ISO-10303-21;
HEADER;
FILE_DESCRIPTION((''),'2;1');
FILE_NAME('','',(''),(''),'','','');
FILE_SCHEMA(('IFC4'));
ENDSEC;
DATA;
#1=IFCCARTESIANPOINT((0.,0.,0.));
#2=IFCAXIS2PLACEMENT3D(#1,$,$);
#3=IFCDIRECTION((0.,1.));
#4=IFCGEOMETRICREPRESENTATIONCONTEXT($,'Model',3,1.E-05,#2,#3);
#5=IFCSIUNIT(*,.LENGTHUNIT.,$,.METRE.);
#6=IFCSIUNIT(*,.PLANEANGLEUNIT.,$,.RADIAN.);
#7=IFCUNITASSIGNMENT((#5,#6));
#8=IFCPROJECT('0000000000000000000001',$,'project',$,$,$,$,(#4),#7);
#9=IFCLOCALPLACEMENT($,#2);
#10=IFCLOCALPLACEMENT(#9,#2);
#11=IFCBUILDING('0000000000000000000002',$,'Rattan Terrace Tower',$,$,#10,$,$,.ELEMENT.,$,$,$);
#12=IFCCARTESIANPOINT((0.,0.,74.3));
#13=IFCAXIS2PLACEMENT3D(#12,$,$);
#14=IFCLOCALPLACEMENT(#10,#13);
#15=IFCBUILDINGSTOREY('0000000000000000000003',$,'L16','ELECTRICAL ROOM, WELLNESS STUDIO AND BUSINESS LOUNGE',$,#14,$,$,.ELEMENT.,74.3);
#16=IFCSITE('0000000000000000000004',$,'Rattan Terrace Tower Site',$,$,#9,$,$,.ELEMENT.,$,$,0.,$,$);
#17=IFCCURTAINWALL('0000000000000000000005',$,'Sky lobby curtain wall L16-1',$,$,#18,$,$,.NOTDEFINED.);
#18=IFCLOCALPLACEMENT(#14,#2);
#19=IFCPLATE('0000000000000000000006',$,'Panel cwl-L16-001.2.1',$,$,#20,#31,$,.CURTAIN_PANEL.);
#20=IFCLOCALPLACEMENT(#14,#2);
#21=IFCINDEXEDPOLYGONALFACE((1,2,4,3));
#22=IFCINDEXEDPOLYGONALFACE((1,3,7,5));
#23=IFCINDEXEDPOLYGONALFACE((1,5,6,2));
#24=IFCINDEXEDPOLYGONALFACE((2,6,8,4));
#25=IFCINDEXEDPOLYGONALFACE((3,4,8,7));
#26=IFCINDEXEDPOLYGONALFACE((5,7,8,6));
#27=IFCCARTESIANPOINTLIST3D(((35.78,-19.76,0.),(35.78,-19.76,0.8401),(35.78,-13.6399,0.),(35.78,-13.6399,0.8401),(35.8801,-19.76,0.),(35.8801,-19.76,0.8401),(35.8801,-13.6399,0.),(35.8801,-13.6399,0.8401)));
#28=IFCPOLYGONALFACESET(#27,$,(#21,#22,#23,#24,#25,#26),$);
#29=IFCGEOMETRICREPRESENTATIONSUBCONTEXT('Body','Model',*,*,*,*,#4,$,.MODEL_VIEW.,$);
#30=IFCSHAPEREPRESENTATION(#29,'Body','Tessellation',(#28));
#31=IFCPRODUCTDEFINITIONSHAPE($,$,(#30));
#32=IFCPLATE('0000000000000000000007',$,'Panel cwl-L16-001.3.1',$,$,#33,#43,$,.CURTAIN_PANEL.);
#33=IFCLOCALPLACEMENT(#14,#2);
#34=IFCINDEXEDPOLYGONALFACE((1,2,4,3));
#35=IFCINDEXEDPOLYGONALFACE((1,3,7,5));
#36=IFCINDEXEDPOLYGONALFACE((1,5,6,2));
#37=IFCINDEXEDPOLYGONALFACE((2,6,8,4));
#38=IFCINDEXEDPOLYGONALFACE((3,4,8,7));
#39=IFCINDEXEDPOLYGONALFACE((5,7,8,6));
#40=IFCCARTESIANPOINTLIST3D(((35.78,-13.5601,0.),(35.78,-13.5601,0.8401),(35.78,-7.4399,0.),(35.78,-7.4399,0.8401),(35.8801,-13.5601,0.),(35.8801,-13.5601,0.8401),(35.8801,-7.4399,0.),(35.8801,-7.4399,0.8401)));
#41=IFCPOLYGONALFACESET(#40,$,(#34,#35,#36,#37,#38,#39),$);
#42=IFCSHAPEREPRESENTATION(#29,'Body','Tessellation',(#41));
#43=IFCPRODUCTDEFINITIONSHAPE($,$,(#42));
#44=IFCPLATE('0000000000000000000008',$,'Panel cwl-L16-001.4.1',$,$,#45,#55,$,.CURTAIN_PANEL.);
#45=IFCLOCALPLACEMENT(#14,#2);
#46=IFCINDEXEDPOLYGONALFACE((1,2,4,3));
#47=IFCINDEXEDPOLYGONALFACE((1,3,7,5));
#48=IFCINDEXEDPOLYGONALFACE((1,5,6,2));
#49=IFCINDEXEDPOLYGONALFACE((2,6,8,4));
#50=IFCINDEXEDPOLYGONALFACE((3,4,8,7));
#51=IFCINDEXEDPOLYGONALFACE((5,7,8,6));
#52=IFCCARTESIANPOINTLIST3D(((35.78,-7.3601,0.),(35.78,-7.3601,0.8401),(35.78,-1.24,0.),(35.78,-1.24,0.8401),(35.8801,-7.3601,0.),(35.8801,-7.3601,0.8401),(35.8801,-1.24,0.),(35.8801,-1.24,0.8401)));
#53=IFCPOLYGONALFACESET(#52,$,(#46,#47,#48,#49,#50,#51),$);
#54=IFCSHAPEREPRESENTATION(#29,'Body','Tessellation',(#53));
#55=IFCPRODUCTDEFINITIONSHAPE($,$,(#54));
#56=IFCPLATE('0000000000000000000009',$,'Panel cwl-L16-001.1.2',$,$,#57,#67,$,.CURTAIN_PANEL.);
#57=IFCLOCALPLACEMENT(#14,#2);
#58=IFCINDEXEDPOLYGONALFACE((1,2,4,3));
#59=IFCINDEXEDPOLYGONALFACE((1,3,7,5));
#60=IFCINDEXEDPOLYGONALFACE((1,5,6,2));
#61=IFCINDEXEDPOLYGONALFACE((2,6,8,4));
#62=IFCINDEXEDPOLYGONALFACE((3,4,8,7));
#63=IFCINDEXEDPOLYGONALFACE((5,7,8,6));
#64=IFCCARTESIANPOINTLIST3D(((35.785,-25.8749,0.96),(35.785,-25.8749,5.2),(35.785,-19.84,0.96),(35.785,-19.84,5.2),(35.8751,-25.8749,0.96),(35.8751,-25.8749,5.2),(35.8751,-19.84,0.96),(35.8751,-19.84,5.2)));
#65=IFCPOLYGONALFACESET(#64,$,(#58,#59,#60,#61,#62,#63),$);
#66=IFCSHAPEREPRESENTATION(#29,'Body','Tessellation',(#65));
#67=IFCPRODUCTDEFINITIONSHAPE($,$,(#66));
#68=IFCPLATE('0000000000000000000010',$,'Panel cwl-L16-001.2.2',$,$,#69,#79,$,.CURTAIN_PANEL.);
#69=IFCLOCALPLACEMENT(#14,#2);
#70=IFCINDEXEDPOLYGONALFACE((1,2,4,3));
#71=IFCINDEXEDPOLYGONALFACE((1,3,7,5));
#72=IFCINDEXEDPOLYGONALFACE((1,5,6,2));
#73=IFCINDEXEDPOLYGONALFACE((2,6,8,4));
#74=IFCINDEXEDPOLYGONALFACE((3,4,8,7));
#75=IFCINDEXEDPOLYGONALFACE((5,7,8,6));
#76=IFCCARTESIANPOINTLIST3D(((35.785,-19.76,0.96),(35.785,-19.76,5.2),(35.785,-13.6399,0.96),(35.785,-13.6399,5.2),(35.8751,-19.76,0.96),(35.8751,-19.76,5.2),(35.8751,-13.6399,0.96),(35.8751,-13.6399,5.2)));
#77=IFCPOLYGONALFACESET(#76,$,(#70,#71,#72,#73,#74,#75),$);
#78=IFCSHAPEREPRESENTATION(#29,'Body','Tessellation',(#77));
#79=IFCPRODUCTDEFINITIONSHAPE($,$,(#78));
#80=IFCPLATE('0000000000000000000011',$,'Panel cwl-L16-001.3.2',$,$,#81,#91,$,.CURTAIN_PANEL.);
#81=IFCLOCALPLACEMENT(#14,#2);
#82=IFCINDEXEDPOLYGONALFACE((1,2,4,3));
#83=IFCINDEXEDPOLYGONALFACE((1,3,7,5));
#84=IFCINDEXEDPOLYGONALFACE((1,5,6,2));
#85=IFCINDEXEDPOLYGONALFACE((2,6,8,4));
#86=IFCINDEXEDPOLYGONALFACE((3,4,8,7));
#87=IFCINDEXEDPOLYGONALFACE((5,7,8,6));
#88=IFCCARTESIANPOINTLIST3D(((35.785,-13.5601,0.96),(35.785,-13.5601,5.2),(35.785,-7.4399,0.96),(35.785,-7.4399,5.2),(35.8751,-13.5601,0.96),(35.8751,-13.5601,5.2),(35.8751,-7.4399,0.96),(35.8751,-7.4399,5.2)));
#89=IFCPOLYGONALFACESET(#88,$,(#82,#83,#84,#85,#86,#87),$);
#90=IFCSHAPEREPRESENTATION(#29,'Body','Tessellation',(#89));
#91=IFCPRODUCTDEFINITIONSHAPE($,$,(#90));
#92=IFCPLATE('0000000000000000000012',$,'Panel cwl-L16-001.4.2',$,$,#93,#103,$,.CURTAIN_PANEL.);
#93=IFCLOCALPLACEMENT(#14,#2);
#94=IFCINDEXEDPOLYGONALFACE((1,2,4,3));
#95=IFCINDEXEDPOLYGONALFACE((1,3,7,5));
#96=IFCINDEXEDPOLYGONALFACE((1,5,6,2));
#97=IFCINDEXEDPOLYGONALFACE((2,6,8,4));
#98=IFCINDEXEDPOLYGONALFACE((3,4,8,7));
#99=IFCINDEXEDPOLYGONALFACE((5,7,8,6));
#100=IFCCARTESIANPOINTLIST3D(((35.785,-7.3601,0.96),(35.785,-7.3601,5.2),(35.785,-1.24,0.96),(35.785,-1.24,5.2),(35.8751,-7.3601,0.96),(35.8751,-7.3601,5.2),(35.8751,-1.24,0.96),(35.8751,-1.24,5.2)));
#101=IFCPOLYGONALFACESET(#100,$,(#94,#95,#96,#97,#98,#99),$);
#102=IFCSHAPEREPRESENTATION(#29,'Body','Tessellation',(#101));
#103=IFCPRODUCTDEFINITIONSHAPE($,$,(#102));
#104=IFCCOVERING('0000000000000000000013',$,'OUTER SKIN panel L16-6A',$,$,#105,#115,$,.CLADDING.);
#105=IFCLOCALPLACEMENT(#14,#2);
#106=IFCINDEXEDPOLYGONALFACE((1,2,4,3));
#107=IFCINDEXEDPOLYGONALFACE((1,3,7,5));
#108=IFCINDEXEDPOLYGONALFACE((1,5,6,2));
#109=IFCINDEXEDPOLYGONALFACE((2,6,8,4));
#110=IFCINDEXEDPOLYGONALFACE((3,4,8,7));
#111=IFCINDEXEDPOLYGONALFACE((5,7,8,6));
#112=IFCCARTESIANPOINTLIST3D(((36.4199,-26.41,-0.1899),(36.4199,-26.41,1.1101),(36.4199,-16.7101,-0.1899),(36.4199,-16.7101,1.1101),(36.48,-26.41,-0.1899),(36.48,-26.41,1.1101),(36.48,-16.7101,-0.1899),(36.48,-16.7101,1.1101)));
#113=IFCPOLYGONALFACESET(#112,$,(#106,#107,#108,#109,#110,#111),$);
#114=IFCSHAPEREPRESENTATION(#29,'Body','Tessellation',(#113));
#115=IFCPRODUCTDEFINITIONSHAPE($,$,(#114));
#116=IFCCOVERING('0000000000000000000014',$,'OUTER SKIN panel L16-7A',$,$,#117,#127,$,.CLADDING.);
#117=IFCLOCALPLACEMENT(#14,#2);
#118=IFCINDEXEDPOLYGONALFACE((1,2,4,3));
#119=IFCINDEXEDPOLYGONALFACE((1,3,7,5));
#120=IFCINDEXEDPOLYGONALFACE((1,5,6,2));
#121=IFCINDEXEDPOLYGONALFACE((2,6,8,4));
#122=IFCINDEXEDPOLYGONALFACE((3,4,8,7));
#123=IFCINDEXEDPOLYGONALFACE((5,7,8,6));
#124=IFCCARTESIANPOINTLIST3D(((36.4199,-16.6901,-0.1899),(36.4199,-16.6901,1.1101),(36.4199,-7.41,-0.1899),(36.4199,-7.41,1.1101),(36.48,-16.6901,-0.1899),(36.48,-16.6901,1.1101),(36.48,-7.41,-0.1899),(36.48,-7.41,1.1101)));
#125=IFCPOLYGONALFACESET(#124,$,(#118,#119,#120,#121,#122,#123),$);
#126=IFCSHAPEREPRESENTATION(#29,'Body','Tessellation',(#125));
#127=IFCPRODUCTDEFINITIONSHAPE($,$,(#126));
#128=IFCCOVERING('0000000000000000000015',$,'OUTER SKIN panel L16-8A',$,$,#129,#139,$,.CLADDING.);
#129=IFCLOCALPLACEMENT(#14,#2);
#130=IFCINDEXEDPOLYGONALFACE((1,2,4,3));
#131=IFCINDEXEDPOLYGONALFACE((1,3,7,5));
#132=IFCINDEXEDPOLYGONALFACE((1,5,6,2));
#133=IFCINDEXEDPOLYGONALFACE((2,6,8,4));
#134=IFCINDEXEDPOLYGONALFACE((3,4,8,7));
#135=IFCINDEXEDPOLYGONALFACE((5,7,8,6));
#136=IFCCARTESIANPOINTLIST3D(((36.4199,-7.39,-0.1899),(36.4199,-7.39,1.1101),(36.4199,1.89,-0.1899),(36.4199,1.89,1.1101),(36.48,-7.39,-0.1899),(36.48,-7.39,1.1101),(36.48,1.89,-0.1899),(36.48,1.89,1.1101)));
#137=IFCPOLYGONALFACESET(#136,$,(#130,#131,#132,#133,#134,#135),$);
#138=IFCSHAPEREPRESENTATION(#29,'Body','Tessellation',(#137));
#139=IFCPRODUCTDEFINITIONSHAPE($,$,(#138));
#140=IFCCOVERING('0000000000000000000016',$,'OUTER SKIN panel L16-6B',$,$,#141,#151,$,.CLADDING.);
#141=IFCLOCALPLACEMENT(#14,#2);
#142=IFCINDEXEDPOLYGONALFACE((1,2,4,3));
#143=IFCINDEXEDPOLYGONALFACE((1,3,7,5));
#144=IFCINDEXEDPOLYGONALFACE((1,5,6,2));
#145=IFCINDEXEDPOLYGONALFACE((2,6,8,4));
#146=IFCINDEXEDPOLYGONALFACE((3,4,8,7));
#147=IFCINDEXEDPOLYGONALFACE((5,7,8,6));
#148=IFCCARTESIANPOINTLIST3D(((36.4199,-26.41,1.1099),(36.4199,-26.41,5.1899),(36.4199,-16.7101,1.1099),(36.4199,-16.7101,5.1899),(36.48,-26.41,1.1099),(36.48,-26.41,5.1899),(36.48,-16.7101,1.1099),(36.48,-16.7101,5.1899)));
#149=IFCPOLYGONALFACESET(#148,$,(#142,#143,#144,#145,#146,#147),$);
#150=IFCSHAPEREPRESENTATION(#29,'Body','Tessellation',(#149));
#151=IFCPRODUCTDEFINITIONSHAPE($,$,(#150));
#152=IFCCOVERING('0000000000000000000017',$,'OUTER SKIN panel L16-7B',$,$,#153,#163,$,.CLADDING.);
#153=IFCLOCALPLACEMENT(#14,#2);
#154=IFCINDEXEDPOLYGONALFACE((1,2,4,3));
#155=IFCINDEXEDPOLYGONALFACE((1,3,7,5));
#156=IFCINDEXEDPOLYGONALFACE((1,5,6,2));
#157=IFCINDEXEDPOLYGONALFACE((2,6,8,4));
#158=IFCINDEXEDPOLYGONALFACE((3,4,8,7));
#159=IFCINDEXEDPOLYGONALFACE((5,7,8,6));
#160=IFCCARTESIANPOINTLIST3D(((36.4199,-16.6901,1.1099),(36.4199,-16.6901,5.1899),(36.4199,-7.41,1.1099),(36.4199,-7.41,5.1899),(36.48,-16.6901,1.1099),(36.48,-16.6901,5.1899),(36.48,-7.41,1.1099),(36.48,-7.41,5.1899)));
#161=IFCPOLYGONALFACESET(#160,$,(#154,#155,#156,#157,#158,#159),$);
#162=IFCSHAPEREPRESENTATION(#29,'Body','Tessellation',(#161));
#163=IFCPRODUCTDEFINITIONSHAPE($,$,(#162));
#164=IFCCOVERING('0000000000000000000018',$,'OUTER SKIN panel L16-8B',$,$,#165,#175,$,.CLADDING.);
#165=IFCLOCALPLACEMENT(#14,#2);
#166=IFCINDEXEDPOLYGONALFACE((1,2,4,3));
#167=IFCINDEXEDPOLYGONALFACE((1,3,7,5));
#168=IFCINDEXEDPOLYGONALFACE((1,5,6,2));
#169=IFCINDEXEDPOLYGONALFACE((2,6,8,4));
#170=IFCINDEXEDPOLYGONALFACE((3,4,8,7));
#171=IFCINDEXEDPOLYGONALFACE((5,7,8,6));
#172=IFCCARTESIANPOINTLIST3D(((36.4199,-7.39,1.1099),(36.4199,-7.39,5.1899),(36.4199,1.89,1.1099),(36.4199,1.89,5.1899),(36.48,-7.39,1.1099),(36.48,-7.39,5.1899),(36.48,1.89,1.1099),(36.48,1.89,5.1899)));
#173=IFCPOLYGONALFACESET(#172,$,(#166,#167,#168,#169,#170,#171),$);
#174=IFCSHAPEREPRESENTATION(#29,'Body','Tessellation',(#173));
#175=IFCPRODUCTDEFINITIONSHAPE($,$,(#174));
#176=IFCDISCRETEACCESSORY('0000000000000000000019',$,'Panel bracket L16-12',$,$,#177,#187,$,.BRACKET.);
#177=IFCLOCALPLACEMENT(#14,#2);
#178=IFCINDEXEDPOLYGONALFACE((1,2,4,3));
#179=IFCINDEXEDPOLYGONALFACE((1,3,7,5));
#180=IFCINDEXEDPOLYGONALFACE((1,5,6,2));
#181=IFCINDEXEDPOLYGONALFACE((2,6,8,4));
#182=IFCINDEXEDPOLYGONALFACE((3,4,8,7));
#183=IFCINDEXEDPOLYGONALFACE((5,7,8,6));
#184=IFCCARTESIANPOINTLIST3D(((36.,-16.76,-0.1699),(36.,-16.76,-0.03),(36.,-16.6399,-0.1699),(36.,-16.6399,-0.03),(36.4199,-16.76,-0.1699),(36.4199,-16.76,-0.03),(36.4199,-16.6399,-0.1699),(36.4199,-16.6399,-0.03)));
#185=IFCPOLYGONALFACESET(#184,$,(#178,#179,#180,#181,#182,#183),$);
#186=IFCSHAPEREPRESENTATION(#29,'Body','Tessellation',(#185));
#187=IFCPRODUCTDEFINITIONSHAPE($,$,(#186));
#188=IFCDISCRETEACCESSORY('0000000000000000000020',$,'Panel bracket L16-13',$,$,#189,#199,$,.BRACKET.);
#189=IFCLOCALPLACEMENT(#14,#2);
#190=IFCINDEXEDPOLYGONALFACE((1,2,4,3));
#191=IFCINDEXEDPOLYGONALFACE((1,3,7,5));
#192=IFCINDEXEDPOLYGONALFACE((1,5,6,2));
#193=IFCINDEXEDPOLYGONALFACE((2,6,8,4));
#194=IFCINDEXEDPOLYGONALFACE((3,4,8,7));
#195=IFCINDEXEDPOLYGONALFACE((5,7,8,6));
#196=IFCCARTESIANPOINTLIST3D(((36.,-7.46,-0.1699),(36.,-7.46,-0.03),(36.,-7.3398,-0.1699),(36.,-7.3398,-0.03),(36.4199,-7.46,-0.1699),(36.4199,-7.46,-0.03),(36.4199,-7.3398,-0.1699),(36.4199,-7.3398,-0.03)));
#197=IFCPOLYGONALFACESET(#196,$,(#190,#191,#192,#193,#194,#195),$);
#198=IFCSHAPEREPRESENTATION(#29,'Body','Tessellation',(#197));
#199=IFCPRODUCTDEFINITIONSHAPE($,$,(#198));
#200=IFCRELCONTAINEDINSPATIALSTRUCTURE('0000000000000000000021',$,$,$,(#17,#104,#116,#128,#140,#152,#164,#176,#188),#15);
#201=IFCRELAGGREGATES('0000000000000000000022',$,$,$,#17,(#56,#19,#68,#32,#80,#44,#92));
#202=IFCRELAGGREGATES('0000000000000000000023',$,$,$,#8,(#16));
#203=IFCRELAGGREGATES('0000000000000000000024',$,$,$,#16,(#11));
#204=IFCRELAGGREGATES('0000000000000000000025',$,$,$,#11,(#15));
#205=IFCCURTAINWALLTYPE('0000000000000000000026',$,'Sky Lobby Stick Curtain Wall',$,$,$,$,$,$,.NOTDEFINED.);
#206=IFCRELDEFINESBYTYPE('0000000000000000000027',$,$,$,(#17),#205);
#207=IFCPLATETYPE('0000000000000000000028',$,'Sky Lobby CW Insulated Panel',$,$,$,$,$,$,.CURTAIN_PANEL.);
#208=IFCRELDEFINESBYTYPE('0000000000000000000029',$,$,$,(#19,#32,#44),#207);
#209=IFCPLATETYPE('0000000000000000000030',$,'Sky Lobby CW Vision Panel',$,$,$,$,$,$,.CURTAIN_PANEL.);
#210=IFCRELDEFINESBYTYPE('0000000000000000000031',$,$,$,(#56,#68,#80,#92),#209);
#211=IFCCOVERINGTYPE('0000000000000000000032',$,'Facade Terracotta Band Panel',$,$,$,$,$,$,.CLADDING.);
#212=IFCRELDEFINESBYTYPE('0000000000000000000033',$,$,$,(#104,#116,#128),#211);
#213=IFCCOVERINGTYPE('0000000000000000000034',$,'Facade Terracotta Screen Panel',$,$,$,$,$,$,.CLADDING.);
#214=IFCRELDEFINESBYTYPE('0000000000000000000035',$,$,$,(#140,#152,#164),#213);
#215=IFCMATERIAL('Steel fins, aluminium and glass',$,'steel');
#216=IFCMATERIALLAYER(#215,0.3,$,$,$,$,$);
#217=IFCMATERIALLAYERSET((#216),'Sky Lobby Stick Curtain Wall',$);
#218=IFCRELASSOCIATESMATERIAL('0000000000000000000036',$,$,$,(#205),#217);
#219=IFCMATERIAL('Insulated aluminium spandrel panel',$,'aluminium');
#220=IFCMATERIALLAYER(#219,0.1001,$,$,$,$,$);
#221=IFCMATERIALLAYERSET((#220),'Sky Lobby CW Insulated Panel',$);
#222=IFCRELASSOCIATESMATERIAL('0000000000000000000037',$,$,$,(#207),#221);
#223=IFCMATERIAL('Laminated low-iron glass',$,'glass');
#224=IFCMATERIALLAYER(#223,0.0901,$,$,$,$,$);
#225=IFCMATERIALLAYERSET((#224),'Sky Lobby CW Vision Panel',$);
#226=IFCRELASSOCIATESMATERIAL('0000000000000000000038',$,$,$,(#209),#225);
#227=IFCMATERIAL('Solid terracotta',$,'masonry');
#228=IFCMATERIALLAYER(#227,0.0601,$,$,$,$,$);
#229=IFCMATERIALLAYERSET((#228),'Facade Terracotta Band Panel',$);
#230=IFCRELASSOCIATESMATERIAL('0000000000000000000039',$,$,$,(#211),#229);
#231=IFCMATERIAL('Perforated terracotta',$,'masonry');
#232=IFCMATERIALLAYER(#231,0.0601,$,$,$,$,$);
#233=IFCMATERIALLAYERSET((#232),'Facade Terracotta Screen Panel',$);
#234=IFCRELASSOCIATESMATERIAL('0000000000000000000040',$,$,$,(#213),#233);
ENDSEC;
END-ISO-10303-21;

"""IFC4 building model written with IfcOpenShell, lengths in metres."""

from ifc_helpers import new_model, si_unit, direction, frame, origin, origin_2d, place, context, subcontext, project, spatial, rectangle, extrude, material, layer, layer_set, type_object, element, aggregate, save


model = new_model("IFC4")

# Units and contexts
model_context = context("Model", 3, precision=1e-05, world=origin(), true_north=direction((0.0, 1.0)))
body_context = subcontext(model_context, "Body", "Model", "MODEL_VIEW")
ifc_project = project(units=[si_unit("LENGTHUNIT", "METRE"), si_unit("PLANEANGLEUNIT", "RADIAN")], contexts=[model_context])

# Site, building, storey
site_placement = place(None, origin())
site = spatial("IfcSite", under=ifc_project, at=site_placement, Name="Rattan Terrace Tower Site", CompositionType="ELEMENT", RefElevation=0.0)
building_placement = place(site_placement, origin())
building = spatial("IfcBuilding", under=site, at=building_placement, Name="Rattan Terrace Tower", CompositionType="ELEMENT")
storey_placement = place(building_placement, frame((0.0, 0.0, 74.3)))
storey = spatial("IfcBuildingStorey", under=building, at=storey_placement, Name="L16", Description="ELECTRICAL ROOM, WELLNESS STUDIO AND BUSINESS LOUNGE", CompositionType="ELEMENT", Elevation=74.3)

# Curtain wall, plates
ifc_material_1 = material(Name="Steel fins, aluminium and glass", Category="steel")
ifc_layer_1 = layer(ifc_material_1, 0.3)
ifc_layer_set_1 = layer_set([ifc_layer_1], Name="Sky Lobby Stick Curtain Wall")
curtain_wall_type = type_object("IfcCurtainWallType", Name="Sky Lobby Stick Curtain Wall", PredefinedType="NOTDEFINED", material=ifc_layer_set_1)
curtain_wall_placement = place(storey_placement, origin())
curtain_wall = element("IfcCurtainWall", 1, at=curtain_wall_placement, inside=storey, type_object=curtain_wall_type, Name="Sky lobby curtain wall L16-1", PredefinedType="NOTDEFINED")
ifc_material_2 = material(Name="Insulated aluminium spandrel panel", Category="aluminium")
ifc_layer_2 = layer(ifc_material_2, 0.1001)
ifc_layer_set_2 = layer_set([ifc_layer_2], Name="Sky Lobby CW Insulated Panel")
plate_type_1 = type_object("IfcPlateType", Name="Sky Lobby CW Insulated Panel", PredefinedType="CURTAIN_PANEL", material=ifc_layer_set_2)
plate_1_placement = place(storey_placement, frame((35.8301, -16.7, 0.0), z_axis=(0.0, 0.0, 1.0), x_axis=(0.0, 1.0, 0.0)))
plate_1 = element("IfcPlate", 2, at=plate_1_placement, type_object=plate_type_1, Name="Panel cwl-L16-001.2.1", PredefinedType="CURTAIN_PANEL", context=body_context, shape_type="SweptSolid", body=[
    extrude(rectangle(XDim=6.1201, YDim=0.1001, at=origin_2d()), origin(), (0.0, 0.0, 1.0), 0.8401),
])
plate_2_placement = place(storey_placement, frame((35.8301, -10.5, 0.0), z_axis=(0.0, 0.0, 1.0), x_axis=(0.0, 1.0, 0.0)))
plate_2 = element("IfcPlate", 3, at=plate_2_placement, type_object=plate_type_1, Name="Panel cwl-L16-001.3.1", PredefinedType="CURTAIN_PANEL", context=body_context, shape_type="SweptSolid", body=[
    extrude(rectangle(XDim=6.1201, YDim=0.1001, at=origin_2d()), origin(), (0.0, 0.0, 1.0), 0.8401),
])
plate_3_placement = place(storey_placement, frame((35.8301, -4.3, 0.0), z_axis=(0.0, 0.0, 1.0), x_axis=(0.0, 1.0, 0.0)))
plate_3 = element("IfcPlate", 4, at=plate_3_placement, type_object=plate_type_1, Name="Panel cwl-L16-001.4.1", PredefinedType="CURTAIN_PANEL", context=body_context, shape_type="SweptSolid", body=[
    extrude(rectangle(XDim=6.1201, YDim=0.1001, at=origin_2d()), origin(), (0.0, 0.0, 1.0), 0.8401),
])
ifc_material_3 = material(Name="Laminated low-iron glass", Category="glass")
ifc_layer_3 = layer(ifc_material_3, 0.0901)
ifc_layer_set_3 = layer_set([ifc_layer_3], Name="Sky Lobby CW Vision Panel")
plate_type_2 = type_object("IfcPlateType", Name="Sky Lobby CW Vision Panel", PredefinedType="CURTAIN_PANEL", material=ifc_layer_set_3)
plate_4_placement = place(storey_placement, frame((35.8301, -22.8574, 0.96), z_axis=(0.0, 0.0, 1.0), x_axis=(0.0, 1.0, 0.0)))
plate_4 = element("IfcPlate", 5, at=plate_4_placement, type_object=plate_type_2, Name="Panel cwl-L16-001.1.2", PredefinedType="CURTAIN_PANEL", context=body_context, shape_type="SweptSolid", body=[
    extrude(rectangle(XDim=6.0349, YDim=0.0901, at=origin_2d()), origin(), (0.0, 0.0, 1.0), 4.24),
])
plate_5_placement = place(storey_placement, frame((35.8301, -16.7, 0.96), z_axis=(0.0, 0.0, 1.0), x_axis=(0.0, 1.0, 0.0)))
plate_5 = element("IfcPlate", 6, at=plate_5_placement, type_object=plate_type_2, Name="Panel cwl-L16-001.2.2", PredefinedType="CURTAIN_PANEL", context=body_context, shape_type="SweptSolid", body=[
    extrude(rectangle(XDim=6.1201, YDim=0.0901, at=origin_2d()), origin(), (0.0, 0.0, 1.0), 4.24),
])
plate_6_placement = place(storey_placement, frame((35.8301, -10.5, 0.96), z_axis=(0.0, 0.0, 1.0), x_axis=(0.0, 1.0, 0.0)))
plate_6 = element("IfcPlate", 7, at=plate_6_placement, type_object=plate_type_2, Name="Panel cwl-L16-001.3.2", PredefinedType="CURTAIN_PANEL", context=body_context, shape_type="SweptSolid", body=[
    extrude(rectangle(XDim=6.1201, YDim=0.0901, at=origin_2d()), origin(), (0.0, 0.0, 1.0), 4.24),
])
plate_7_placement = place(storey_placement, frame((35.8301, -4.3, 0.96), z_axis=(0.0, 0.0, 1.0), x_axis=(0.0, 1.0, 0.0)))
plate_7 = element("IfcPlate", 8, at=plate_7_placement, type_object=plate_type_2, Name="Panel cwl-L16-001.4.2", PredefinedType="CURTAIN_PANEL", context=body_context, shape_type="SweptSolid", body=[
    extrude(rectangle(XDim=6.1201, YDim=0.0901, at=origin_2d()), origin(), (0.0, 0.0, 1.0), 4.24),
])
aggregate(curtain_wall, [plate_4, plate_1, plate_5, plate_2, plate_6, plate_3, plate_7])

# Coverings
ifc_material_4 = material(Name="Solid terracotta", Category="masonry")
ifc_layer_4 = layer(ifc_material_4, 0.0601)
ifc_layer_set_4 = layer_set([ifc_layer_4], Name="Facade Terracotta Band Panel")
covering_type_1 = type_object("IfcCoveringType", Name="Facade Terracotta Band Panel", PredefinedType="CLADDING", material=ifc_layer_set_4)
covering_1_placement = place(storey_placement, frame((36.45, -21.5601, -0.1899), z_axis=(0.0, 0.0, 1.0), x_axis=(0.0, 1.0, 0.0)))
element("IfcCovering", 9, at=covering_1_placement, inside=storey, type_object=covering_type_1, Name="OUTER SKIN panel L16-6A", PredefinedType="CLADDING", context=body_context, shape_type="SweptSolid", body=[
    extrude(rectangle(XDim=9.7, YDim=0.0601, at=origin_2d()), origin(), (0.0, 0.0, 1.0), 1.3),
])
for number, where, z_axis, x_axis, name in (
    (10, (36.45, -12.05, -0.1899), (0.0, 0.0, 1.0), (0.0, 1.0, 0.0), "OUTER SKIN panel L16-7A"),
    (11, (36.45, -2.75, -0.1899), (0.0, 0.0, 1.0), (0.0, 1.0, 0.0), "OUTER SKIN panel L16-8A"),
):
    element("IfcCovering", number, at=place(storey_placement, frame(where, z_axis=z_axis, x_axis=x_axis)), inside=storey, type_object=covering_type_1, Name=name, PredefinedType="CLADDING", context=body_context, shape_type="SweptSolid", body=[
        extrude(rectangle(XDim=9.28, YDim=0.0601, at=origin_2d()), origin(), (0.0, 0.0, 1.0), 1.3),
    ])
ifc_material_5 = material(Name="Perforated terracotta", Category="masonry")
ifc_layer_5 = layer(ifc_material_5, 0.0601)
ifc_layer_set_5 = layer_set([ifc_layer_5], Name="Facade Terracotta Screen Panel")
covering_type_2 = type_object("IfcCoveringType", Name="Facade Terracotta Screen Panel", PredefinedType="CLADDING", material=ifc_layer_set_5)
covering_2_placement = place(storey_placement, frame((36.45, -21.5601, 1.1099), z_axis=(0.0, 0.0, 1.0), x_axis=(0.0, 1.0, 0.0)))
element("IfcCovering", 12, at=covering_2_placement, inside=storey, type_object=covering_type_2, Name="OUTER SKIN panel L16-6B", PredefinedType="CLADDING", context=body_context, shape_type="SweptSolid", body=[
    extrude(rectangle(XDim=9.7, YDim=0.0601, at=origin_2d()), origin(), (0.0, 0.0, 1.0), 4.0801),
])
for number, where, z_axis, x_axis, name in (
    (13, (36.45, -12.05, 1.1099), (0.0, 0.0, 1.0), (0.0, 1.0, 0.0), "OUTER SKIN panel L16-7B"),
    (14, (36.45, -2.75, 1.1099), (0.0, 0.0, 1.0), (0.0, 1.0, 0.0), "OUTER SKIN panel L16-8B"),
):
    element("IfcCovering", number, at=place(storey_placement, frame(where, z_axis=z_axis, x_axis=x_axis)), inside=storey, type_object=covering_type_2, Name=name, PredefinedType="CLADDING", context=body_context, shape_type="SweptSolid", body=[
        extrude(rectangle(XDim=9.28, YDim=0.0601, at=origin_2d()), origin(), (0.0, 0.0, 1.0), 4.0801),
    ])

# Discrete accessories
for number, where, z_axis, x_axis, name in (
    (15, (36.21, -16.7, -0.1699), (0.0, 0.0, 1.0), (0.0, 1.0, 0.0), "Panel bracket L16-12"),
    (16, (36.21, -7.3999, -0.1699), (0.0, 0.0, 1.0), (0.0, 1.0, 0.0), "Panel bracket L16-13"),
):
    element("IfcDiscreteAccessory", number, at=place(storey_placement, frame(where, z_axis=z_axis, x_axis=x_axis)), inside=storey, Name=name, PredefinedType="BRACKET", context=body_context, shape_type="SweptSolid", body=[
        extrude(rectangle(XDim=0.1201, YDim=0.4199, at=origin_2d()), origin(), (0.0, 0.0, 1.0), 0.1399),
    ])

save(model, "model.ifc")
